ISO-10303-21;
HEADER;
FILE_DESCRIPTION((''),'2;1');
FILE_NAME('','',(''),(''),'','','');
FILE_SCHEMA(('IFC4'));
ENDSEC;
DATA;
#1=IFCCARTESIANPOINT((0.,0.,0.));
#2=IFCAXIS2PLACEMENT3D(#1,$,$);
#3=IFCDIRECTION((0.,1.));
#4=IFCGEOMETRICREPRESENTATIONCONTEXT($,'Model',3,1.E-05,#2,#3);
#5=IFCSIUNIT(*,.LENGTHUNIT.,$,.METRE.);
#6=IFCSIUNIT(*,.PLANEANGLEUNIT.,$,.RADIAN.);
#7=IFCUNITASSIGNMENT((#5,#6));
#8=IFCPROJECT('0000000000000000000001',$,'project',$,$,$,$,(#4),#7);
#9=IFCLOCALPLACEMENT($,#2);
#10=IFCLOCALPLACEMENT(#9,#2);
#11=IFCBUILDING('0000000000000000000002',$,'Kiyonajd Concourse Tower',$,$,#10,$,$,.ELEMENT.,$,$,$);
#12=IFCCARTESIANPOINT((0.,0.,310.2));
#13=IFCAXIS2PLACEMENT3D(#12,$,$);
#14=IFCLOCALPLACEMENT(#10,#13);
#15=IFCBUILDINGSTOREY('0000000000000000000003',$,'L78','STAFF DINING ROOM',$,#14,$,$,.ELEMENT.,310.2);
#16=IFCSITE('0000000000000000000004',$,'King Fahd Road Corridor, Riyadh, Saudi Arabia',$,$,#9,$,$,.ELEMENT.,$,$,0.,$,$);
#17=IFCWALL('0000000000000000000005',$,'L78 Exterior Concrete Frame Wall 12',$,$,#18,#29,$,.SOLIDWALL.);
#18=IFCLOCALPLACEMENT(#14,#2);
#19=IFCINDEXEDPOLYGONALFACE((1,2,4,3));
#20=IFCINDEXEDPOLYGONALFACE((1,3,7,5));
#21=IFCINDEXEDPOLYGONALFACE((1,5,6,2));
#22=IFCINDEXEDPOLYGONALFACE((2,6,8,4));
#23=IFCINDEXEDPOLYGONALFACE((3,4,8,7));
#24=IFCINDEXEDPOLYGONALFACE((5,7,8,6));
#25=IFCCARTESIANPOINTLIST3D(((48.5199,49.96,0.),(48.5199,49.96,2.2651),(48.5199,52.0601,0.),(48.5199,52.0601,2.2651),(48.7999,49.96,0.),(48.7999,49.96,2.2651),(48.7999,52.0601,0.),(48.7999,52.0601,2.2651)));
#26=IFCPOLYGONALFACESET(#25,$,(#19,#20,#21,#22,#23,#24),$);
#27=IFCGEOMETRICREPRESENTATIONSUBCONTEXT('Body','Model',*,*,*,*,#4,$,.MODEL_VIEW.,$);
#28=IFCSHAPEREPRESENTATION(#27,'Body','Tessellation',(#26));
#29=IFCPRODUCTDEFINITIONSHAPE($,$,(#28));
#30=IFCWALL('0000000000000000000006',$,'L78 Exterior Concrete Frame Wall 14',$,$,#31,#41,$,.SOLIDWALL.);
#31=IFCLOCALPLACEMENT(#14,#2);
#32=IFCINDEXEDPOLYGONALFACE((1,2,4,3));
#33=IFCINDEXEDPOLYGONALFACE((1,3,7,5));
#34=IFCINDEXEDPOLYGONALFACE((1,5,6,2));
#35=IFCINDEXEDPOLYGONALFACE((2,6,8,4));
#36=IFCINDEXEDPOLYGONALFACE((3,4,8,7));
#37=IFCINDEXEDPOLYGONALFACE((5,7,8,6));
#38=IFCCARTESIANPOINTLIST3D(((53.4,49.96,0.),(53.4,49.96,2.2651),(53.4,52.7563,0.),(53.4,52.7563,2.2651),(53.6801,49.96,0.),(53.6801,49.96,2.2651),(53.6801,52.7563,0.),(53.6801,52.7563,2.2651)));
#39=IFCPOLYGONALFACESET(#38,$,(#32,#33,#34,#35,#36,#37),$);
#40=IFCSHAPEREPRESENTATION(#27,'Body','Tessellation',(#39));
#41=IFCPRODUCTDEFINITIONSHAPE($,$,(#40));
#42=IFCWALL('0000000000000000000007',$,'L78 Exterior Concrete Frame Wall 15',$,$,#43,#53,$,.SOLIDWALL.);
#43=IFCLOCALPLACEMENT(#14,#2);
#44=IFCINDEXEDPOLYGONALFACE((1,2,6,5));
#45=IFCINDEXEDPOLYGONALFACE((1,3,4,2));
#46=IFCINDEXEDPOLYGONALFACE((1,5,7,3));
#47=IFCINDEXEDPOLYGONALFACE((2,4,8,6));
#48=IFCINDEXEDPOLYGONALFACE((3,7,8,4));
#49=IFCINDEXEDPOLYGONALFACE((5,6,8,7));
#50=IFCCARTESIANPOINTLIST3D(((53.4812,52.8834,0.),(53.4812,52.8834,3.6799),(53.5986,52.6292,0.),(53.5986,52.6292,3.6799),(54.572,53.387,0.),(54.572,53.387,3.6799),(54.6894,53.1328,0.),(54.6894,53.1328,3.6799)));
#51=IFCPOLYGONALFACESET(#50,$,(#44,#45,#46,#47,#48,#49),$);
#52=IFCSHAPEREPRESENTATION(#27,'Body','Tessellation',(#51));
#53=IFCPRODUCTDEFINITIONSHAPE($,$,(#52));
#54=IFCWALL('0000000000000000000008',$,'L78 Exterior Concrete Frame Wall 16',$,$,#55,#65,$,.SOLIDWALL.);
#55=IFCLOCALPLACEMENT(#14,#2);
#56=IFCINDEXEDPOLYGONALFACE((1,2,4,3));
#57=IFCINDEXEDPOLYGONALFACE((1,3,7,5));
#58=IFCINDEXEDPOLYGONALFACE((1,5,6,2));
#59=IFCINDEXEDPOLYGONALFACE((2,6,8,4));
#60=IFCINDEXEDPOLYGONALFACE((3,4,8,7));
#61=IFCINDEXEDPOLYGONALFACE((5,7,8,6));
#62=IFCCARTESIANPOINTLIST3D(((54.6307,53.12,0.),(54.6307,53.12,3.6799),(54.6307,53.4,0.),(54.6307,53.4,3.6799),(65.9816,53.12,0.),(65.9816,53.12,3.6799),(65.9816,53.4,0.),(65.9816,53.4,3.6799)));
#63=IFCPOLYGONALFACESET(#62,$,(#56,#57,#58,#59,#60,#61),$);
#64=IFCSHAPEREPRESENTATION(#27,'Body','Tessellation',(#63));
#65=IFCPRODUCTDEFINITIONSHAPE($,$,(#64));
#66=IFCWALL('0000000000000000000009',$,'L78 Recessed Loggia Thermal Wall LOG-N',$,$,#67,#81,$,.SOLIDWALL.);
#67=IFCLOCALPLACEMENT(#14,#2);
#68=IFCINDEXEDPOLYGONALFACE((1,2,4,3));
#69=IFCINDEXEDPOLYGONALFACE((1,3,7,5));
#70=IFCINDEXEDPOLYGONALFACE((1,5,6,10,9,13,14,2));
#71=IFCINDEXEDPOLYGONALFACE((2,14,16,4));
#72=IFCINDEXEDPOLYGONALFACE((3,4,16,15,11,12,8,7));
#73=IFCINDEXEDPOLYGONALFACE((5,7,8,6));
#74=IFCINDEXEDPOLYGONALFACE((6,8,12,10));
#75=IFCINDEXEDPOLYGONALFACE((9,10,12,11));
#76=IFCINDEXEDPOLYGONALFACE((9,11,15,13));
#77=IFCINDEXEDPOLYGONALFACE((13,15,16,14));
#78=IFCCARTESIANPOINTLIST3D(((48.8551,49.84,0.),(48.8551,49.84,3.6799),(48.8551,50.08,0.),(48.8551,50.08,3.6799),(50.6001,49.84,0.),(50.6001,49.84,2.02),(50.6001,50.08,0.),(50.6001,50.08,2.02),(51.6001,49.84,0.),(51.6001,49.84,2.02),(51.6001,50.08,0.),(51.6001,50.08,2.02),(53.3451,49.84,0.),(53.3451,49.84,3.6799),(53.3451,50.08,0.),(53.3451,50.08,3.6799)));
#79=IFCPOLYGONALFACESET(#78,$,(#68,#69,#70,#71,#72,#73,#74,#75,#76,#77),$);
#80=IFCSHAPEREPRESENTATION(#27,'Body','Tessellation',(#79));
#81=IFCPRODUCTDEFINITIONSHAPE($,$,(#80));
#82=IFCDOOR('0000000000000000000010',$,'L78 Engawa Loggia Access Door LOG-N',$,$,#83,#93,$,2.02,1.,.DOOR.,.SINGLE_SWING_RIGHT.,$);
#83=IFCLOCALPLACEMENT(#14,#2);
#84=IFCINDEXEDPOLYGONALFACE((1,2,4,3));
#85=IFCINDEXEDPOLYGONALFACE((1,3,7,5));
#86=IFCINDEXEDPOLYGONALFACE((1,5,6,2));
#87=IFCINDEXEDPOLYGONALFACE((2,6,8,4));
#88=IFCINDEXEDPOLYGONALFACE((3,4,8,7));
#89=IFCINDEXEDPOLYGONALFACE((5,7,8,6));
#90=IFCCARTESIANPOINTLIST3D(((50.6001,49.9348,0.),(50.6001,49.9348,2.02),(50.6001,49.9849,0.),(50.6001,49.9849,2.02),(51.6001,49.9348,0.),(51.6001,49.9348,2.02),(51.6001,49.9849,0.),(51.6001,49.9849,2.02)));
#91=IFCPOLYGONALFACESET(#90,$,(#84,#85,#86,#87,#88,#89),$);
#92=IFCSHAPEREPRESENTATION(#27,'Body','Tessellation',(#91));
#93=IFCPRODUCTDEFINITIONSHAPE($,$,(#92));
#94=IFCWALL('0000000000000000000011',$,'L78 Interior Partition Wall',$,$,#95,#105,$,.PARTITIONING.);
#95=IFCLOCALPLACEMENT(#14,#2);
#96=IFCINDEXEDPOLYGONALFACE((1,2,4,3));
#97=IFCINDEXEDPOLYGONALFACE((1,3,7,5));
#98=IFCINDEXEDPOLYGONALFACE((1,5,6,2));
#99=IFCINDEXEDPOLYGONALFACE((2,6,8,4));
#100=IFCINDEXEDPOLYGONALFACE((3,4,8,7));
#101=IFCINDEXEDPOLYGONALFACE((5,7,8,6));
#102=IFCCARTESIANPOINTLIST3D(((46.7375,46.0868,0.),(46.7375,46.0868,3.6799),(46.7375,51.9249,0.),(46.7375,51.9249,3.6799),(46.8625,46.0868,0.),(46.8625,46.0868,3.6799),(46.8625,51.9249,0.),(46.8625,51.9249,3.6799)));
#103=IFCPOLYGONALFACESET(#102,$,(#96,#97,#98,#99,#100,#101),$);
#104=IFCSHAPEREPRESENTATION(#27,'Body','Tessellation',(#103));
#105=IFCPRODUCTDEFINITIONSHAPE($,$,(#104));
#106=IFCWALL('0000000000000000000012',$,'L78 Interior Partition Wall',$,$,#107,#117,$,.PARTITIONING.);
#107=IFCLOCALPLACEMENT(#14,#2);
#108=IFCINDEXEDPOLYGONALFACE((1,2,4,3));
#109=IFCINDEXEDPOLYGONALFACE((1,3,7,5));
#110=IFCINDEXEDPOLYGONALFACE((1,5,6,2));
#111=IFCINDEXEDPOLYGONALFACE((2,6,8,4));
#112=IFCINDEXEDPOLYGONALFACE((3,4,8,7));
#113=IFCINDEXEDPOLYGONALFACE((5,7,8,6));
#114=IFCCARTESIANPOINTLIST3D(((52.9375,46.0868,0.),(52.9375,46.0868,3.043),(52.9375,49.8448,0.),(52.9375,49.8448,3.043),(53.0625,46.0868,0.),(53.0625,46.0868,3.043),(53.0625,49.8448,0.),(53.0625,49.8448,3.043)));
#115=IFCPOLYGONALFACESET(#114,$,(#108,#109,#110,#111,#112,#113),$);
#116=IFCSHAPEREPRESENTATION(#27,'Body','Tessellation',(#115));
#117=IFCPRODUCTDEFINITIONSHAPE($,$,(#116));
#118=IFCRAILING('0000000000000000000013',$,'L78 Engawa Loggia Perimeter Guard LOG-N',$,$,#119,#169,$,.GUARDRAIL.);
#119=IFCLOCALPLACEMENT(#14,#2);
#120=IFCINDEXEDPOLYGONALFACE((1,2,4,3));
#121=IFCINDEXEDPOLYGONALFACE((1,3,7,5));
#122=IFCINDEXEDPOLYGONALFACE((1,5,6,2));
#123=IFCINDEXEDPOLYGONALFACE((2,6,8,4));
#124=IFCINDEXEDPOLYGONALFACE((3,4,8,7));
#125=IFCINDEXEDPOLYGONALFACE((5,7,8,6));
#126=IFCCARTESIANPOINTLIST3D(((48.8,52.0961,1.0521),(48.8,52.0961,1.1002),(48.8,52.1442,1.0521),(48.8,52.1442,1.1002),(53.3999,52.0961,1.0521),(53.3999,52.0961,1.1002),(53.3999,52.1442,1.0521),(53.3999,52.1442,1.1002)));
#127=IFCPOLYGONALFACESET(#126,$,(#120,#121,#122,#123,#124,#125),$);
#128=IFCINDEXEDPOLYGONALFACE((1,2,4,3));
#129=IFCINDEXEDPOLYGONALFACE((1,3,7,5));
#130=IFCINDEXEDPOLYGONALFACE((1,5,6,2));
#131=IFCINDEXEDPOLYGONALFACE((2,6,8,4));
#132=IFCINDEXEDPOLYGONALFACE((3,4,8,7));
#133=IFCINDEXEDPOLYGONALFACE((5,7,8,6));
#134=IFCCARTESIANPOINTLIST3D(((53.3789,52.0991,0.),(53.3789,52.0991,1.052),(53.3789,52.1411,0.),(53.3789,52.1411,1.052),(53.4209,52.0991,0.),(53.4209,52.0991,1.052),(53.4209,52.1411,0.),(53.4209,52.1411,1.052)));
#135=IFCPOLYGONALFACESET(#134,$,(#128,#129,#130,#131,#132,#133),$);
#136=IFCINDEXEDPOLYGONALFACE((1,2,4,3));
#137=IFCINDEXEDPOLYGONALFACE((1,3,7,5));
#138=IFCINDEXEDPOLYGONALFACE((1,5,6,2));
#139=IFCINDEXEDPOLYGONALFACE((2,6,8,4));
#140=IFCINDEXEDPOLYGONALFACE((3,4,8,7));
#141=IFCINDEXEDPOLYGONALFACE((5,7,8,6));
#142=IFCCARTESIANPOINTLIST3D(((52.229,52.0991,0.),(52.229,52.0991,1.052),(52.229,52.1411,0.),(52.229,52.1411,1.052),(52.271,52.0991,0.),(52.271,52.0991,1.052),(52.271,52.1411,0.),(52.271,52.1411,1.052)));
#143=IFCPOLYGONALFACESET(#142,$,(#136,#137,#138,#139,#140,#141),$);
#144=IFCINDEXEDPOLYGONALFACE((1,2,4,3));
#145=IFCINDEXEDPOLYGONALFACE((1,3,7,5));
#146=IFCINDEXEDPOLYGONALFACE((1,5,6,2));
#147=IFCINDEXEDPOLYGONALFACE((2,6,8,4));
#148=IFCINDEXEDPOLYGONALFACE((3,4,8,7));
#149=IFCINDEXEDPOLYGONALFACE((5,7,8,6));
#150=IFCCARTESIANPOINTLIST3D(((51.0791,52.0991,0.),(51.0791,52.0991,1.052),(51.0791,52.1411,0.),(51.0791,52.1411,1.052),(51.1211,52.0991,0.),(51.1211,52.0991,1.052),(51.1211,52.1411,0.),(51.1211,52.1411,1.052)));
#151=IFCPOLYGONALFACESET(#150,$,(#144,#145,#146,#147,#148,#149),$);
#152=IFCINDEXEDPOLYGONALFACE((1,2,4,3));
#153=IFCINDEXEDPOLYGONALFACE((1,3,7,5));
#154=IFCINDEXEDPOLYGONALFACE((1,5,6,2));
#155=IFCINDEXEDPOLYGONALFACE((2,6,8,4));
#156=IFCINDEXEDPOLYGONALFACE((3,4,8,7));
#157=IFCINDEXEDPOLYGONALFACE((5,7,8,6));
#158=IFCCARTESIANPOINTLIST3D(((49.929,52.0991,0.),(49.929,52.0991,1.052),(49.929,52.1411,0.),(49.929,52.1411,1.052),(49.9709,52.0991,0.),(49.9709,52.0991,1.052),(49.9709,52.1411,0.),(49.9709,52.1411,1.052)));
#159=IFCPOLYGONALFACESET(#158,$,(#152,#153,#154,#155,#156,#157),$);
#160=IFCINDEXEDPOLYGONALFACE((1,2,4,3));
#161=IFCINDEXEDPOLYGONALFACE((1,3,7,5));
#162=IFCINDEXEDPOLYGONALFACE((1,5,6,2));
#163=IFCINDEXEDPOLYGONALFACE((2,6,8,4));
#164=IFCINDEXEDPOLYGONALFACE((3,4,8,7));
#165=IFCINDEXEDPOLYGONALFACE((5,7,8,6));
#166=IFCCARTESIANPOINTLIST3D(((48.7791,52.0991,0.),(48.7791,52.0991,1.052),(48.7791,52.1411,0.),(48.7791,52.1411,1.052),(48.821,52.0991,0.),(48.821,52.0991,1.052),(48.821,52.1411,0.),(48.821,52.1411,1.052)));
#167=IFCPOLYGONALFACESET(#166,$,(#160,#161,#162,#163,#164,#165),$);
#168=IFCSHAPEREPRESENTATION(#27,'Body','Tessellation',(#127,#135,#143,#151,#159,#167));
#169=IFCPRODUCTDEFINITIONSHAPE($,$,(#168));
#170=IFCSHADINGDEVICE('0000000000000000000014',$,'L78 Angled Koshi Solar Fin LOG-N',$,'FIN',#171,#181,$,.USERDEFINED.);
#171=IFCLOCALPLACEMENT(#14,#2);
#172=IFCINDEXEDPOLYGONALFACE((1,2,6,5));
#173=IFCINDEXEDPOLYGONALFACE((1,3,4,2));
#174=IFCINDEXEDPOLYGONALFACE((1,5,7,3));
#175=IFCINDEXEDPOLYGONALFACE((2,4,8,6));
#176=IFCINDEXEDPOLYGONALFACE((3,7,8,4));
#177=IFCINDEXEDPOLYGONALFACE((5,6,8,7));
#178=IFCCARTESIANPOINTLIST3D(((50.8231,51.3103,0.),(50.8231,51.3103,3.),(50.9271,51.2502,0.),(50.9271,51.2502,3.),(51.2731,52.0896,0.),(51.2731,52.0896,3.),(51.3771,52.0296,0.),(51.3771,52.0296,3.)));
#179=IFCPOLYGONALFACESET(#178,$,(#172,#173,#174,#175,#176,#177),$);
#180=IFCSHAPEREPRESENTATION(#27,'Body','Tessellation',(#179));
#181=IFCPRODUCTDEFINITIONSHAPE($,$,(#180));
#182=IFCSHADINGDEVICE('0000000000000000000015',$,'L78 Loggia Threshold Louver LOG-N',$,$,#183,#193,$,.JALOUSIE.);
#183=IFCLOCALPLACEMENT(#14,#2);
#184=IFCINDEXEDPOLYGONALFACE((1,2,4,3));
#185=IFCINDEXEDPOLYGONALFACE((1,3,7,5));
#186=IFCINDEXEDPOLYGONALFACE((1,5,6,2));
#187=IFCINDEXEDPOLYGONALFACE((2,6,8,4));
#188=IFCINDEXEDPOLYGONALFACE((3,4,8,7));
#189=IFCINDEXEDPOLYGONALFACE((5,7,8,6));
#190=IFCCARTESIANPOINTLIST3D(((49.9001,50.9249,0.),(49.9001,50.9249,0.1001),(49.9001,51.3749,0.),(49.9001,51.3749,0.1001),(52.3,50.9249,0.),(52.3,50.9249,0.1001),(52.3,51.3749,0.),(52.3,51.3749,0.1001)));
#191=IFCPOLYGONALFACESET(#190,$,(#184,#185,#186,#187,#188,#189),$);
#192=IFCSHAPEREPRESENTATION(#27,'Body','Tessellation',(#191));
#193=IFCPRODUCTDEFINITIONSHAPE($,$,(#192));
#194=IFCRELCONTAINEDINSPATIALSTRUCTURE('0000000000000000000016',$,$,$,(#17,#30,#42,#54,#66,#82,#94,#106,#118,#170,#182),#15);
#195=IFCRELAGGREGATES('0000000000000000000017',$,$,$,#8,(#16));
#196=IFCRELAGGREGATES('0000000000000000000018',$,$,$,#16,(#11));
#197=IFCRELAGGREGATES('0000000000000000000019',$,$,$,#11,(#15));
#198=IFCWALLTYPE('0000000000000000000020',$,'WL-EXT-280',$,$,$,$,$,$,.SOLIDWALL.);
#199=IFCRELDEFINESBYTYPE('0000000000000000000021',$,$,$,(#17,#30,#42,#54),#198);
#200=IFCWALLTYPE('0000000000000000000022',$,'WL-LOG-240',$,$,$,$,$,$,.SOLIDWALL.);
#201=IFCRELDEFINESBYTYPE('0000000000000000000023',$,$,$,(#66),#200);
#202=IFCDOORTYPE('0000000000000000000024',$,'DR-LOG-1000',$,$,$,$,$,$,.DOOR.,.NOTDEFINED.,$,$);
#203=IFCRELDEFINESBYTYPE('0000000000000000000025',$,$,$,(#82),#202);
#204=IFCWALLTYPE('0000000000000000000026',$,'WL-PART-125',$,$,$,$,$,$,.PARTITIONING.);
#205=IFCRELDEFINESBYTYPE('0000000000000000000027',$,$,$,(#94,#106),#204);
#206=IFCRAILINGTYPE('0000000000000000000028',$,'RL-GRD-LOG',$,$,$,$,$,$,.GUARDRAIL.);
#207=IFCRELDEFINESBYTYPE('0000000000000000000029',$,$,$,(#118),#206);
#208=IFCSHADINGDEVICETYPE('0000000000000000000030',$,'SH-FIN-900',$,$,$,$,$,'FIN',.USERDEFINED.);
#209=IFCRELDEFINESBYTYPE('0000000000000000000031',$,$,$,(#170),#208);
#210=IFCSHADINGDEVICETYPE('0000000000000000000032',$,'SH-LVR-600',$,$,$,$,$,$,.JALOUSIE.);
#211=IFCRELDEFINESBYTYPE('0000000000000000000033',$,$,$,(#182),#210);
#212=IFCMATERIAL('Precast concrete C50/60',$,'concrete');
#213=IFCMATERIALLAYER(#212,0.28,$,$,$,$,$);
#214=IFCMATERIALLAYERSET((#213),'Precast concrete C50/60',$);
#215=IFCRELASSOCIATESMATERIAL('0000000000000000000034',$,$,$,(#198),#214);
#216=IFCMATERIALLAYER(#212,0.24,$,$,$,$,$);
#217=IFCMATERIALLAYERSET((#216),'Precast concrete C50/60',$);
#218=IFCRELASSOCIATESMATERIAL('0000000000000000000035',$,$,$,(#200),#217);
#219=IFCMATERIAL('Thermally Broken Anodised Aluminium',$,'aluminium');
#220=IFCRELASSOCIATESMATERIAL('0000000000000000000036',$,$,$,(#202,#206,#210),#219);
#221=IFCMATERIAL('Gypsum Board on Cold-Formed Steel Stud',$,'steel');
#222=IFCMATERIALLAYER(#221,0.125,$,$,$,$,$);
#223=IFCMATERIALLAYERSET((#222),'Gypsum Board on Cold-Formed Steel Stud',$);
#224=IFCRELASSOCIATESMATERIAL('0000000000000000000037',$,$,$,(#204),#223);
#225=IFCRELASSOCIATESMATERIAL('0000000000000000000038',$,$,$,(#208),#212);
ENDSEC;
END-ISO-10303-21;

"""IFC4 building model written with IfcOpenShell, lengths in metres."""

from ifc_helpers import new_model, si_unit, direction, frame, frame_2d, origin, origin_2d, place, context, subcontext, project, spatial, rectangle, extrude, material, layer, layer_set, type_object, element, fill, save


model = new_model("IFC4")

# Units and contexts
model_context = context("Model", 3, precision=1e-05, world=origin(), true_north=direction((0.0, 1.0)))
body_context = subcontext(model_context, "Body", "Model", "MODEL_VIEW")
ifc_project = project(units=[si_unit("LENGTHUNIT", "METRE"), si_unit("PLANEANGLEUNIT", "RADIAN")], contexts=[model_context])

# Site, building, storey
site_placement = place(None, origin())
site = spatial("IfcSite", under=ifc_project, at=site_placement, Name="King Fahd Road Corridor, Riyadh, Saudi Arabia", CompositionType="ELEMENT", RefElevation=0.0)
building_placement = place(site_placement, origin())
building = spatial("IfcBuilding", under=site, at=building_placement, Name="Kiyonajd Concourse Tower", CompositionType="ELEMENT")
storey_placement = place(building_placement, frame((0.0, 0.0, 310.2)))
storey = spatial("IfcBuildingStorey", under=building, at=storey_placement, Name="L78", Description="STAFF DINING ROOM", CompositionType="ELEMENT", Elevation=310.2)

# Shared definitions
ifc_material_1 = material(Name="Thermally Broken Anodised Aluminium", Category="aluminium")

# Walls
ifc_material_2 = material(Name="Precast concrete C50/60", Category="concrete")
ifc_layer_1 = layer(ifc_material_2, 0.28)
ifc_layer_set_1 = layer_set([ifc_layer_1], Name="Precast concrete C50/60")
wall_type_1 = type_object("IfcWallType", Name="WL-EXT-280", PredefinedType="SOLIDWALL", material=ifc_layer_set_1)
wall_1_placement = place(storey_placement, frame((48.6599, 52.0601, 0.0), z_axis=(0.0, 0.0, 1.0), x_axis=(0.0, -1.0, 0.0)))
element("IfcWall", 1, at=wall_1_placement, inside=storey, type_object=wall_type_1, Name="L78 Exterior Concrete Frame Wall 12", PredefinedType="SOLIDWALL", context=body_context, shape_type="SweptSolid", body=[
    extrude(rectangle(XDim=2.1001, YDim=0.28, at=frame_2d((1.05, 0.0))), origin(), (0.0, 0.0, 1.0), 2.2651),
])
wall_2_placement = place(storey_placement, frame((53.54, 49.96, 0.0), z_axis=(0.0, 0.0, 1.0), x_axis=(0.0, 1.0, 0.0)))
element("IfcWall", 2, at=wall_2_placement, inside=storey, type_object=wall_type_1, Name="L78 Exterior Concrete Frame Wall 14", PredefinedType="SOLIDWALL", context=body_context, shape_type="SweptSolid", body=[
    extrude(rectangle(XDim=2.7964, YDim=0.28, at=frame_2d((1.3982, 0.0))), origin(), (0.0, 0.0, 1.0), 2.2651),
])
wall_3_placement = place(storey_placement, frame((53.54, 52.7563, 0.0), z_axis=(0.0, 0.0, 1.0), x_axis=(0.907894, 0.4192, 0.0)))
element("IfcWall", 3, at=wall_3_placement, inside=storey, type_object=wall_type_1, Name="L78 Exterior Concrete Frame Wall 15", PredefinedType="SOLIDWALL", context=body_context, shape_type="SweptSolid", body=[
    extrude(rectangle(XDim=1.2014, YDim=0.28, at=frame_2d((0.6006, 0.0))), origin(), (0.0, 0.0, 1.0), 3.6799),
])
wall_4_placement = place(storey_placement, frame((54.6309, 53.26, 0.0), z_axis=(0.0, 0.0, 1.0), x_axis=(1.0, 0.0, 0.0)))
element("IfcWall", 4, at=wall_4_placement, inside=storey, type_object=wall_type_1, Name="L78 Exterior Concrete Frame Wall 16", PredefinedType="SOLIDWALL", context=body_context, shape_type="SweptSolid", body=[
    extrude(rectangle(XDim=11.3508, YDim=0.28, at=frame_2d((5.6753, 0.0))), origin(), (0.0, 0.0, 1.0), 3.6799),
])

# Wall, opening, door
ifc_layer_2 = layer(ifc_material_2, 0.24)
ifc_layer_set_2 = layer_set([ifc_layer_2], Name="Precast concrete C50/60")
wall_type_2 = type_object("IfcWallType", Name="WL-LOG-240", PredefinedType="SOLIDWALL", material=ifc_layer_set_2)
wall_5_placement = place(storey_placement, frame((48.855, 49.96, 0.0), z_axis=(0.0, 0.0, 1.0), x_axis=(1.0, 0.0, 0.0)))
wall_5 = element("IfcWall", 5, at=wall_5_placement, inside=storey, type_object=wall_type_2, Name="L78 Recessed Loggia Thermal Wall LOG-N", PredefinedType="SOLIDWALL", context=body_context, shape_type="SweptSolid", body=[
    extrude(rectangle(XDim=4.49, YDim=0.24, at=frame_2d((2.2451, 0.0))), origin(), (0.0, 0.0, 1.0), 3.6799),
])
opening_placement = place(wall_5_placement, frame((1.7451, 0.0, 0.0)))
opening = element("IfcOpeningElement", 6, at=opening_placement, cuts=wall_5, PredefinedType="OPENING", context=body_context, shape_type="SweptSolid", body=[
    extrude(rectangle(XDim=1.0, YDim=2.02, at=frame_2d((0.5, 1.01))), frame((0.0, 0.1299, 0.0), z_axis=(0.0, -1.0, 0.0), x_axis=(1.0, 0.0, 0.0)), (0.0, 0.0, 1.0), 0.26),
])
door_type = type_object("IfcDoorType", Name="DR-LOG-1000", OperationType="NOTDEFINED", PredefinedType="DOOR", material=ifc_material_1)
door_placement = place(opening_placement, origin())
door = element("IfcDoor", 7, at=door_placement, inside=storey, type_object=door_type, Name="L78 Engawa Loggia Access Door LOG-N", OperationType="SINGLE_SWING_RIGHT", OverallHeight=2.02, OverallWidth=1.0, PredefinedType="DOOR", context=body_context, shape_type="SweptSolid", body=[
    extrude(rectangle(XDim=1.0, YDim=2.02, at=frame_2d((0.5, 1.01))), frame((0.0, 0.0249, 0.0), z_axis=(0.0, -1.0, 0.0), x_axis=(1.0, 0.0, 0.0)), (0.0, 0.0, 1.0), 0.05),
])
fill(opening, door)

# Walls
ifc_material_3 = material(Name="Gypsum Board on Cold-Formed Steel Stud", Category="steel")
ifc_layer_3 = layer(ifc_material_3, 0.125)
ifc_layer_set_3 = layer_set([ifc_layer_3], Name="Gypsum Board on Cold-Formed Steel Stud")
wall_type_3 = type_object("IfcWallType", Name="WL-PART-125", PredefinedType="PARTITIONING", material=ifc_layer_set_3)
wall_6_placement = place(storey_placement, frame((46.8, 46.0869, 0.0), z_axis=(0.0, 0.0, 1.0), x_axis=(0.0, 1.0, 0.0)))
element("IfcWall", 8, at=wall_6_placement, inside=storey, type_object=wall_type_3, Name="L78 Interior Partition Wall", PredefinedType="PARTITIONING", context=body_context, shape_type="SweptSolid", body=[
    extrude(rectangle(XDim=5.8381, YDim=0.125, at=frame_2d((2.9189, 0.0))), origin(), (0.0, 0.0, 1.0), 3.6799),
])
wall_7_placement = place(storey_placement, frame((53.0, 46.0869, 0.0), z_axis=(0.0, 0.0, 1.0), x_axis=(0.0, 1.0, 0.0)))
element("IfcWall", 9, at=wall_7_placement, inside=storey, type_object=wall_type_3, Name="L78 Interior Partition Wall", PredefinedType="PARTITIONING", context=body_context, shape_type="SweptSolid", body=[
    extrude(rectangle(XDim=3.7581, YDim=0.125, at=frame_2d((1.8789, 0.0))), origin(), (0.0, 0.0, 1.0), 3.043),
])

# Railing
railing_type = type_object("IfcRailingType", Name="RL-GRD-LOG", PredefinedType="GUARDRAIL", material=ifc_material_1)
railing_placement = place(storey_placement, frame((53.3999, 52.1201, 0.0)))
element("IfcRailing", 10, at=railing_placement, inside=storey, type_object=railing_type, Name="L78 Engawa Loggia Perimeter Guard LOG-N", PredefinedType="GUARDRAIL", context=body_context, shape_type="SweptSolid", body=[
    extrude(rectangle(XDim=0.0481, YDim=0.0481, at=origin_2d()), frame((0.0, 0.0, 1.0762), z_axis=(-1.0, 0.0, 0.0), x_axis=(0.0, -1.0, 0.0)), (0.0, 0.0, 1.0), 4.5999),
    extrude(rectangle(XDim=0.042, YDim=0.042, at=origin_2d()), origin(), (0.0, 0.0, 1.0), 1.052),
    extrude(rectangle(XDim=0.042, YDim=0.042, at=origin_2d()), frame((-1.1499, 0.0, 0.0)), (0.0, 0.0, 1.0), 1.052),
    extrude(rectangle(XDim=0.042, YDim=0.042, at=origin_2d()), frame((-2.2998, 0.0, 0.0)), (0.0, 0.0, 1.0), 1.052),
    extrude(rectangle(XDim=0.042, YDim=0.042, at=origin_2d()), frame((-3.45, 0.0, 0.0)), (0.0, 0.0, 1.0), 1.052),
    extrude(rectangle(XDim=0.042, YDim=0.042, at=origin_2d()), frame((-4.5999, 0.0, 0.0)), (0.0, 0.0, 1.0), 1.052),
])

# Shading devices
shading_device_type_1 = type_object("IfcShadingDeviceType", Name="SH-FIN-900", ElementType="FIN", PredefinedType="USERDEFINED", material=ifc_material_2)
shading_device_1_placement = place(storey_placement, frame((51.1001, 51.6699, 0.0), z_axis=(0.0, 0.0, 1.0), x_axis=(0.5, 0.866025, 0.0)))
element("IfcShadingDevice", 11, at=shading_device_1_placement, inside=storey, type_object=shading_device_type_1, Name="L78 Angled Koshi Solar Fin LOG-N", ObjectType="FIN", PredefinedType="USERDEFINED", context=body_context, shape_type="SweptSolid", body=[
    extrude(rectangle(XDim=0.8999, YDim=0.1201, at=origin_2d()), origin(), (0.0, 0.0, 1.0), 3.0),
])
shading_device_type_2 = type_object("IfcShadingDeviceType", Name="SH-LVR-600", PredefinedType="JALOUSIE", material=ifc_material_1)
shading_device_2_placement = place(storey_placement, frame((51.1001, 51.1499, 0.0), z_axis=(0.0, 0.0, 1.0), x_axis=(1.0, 0.0, 0.0)))
element("IfcShadingDevice", 12, at=shading_device_2_placement, inside=storey, type_object=shading_device_type_2, Name="L78 Loggia Threshold Louver LOG-N", PredefinedType="JALOUSIE", context=body_context, shape_type="SweptSolid", body=[
    extrude(rectangle(XDim=2.3999, YDim=0.45, at=origin_2d()), origin(), (0.0, 0.0, 1.0), 0.1001),
])

save(model, "model.ifc")
